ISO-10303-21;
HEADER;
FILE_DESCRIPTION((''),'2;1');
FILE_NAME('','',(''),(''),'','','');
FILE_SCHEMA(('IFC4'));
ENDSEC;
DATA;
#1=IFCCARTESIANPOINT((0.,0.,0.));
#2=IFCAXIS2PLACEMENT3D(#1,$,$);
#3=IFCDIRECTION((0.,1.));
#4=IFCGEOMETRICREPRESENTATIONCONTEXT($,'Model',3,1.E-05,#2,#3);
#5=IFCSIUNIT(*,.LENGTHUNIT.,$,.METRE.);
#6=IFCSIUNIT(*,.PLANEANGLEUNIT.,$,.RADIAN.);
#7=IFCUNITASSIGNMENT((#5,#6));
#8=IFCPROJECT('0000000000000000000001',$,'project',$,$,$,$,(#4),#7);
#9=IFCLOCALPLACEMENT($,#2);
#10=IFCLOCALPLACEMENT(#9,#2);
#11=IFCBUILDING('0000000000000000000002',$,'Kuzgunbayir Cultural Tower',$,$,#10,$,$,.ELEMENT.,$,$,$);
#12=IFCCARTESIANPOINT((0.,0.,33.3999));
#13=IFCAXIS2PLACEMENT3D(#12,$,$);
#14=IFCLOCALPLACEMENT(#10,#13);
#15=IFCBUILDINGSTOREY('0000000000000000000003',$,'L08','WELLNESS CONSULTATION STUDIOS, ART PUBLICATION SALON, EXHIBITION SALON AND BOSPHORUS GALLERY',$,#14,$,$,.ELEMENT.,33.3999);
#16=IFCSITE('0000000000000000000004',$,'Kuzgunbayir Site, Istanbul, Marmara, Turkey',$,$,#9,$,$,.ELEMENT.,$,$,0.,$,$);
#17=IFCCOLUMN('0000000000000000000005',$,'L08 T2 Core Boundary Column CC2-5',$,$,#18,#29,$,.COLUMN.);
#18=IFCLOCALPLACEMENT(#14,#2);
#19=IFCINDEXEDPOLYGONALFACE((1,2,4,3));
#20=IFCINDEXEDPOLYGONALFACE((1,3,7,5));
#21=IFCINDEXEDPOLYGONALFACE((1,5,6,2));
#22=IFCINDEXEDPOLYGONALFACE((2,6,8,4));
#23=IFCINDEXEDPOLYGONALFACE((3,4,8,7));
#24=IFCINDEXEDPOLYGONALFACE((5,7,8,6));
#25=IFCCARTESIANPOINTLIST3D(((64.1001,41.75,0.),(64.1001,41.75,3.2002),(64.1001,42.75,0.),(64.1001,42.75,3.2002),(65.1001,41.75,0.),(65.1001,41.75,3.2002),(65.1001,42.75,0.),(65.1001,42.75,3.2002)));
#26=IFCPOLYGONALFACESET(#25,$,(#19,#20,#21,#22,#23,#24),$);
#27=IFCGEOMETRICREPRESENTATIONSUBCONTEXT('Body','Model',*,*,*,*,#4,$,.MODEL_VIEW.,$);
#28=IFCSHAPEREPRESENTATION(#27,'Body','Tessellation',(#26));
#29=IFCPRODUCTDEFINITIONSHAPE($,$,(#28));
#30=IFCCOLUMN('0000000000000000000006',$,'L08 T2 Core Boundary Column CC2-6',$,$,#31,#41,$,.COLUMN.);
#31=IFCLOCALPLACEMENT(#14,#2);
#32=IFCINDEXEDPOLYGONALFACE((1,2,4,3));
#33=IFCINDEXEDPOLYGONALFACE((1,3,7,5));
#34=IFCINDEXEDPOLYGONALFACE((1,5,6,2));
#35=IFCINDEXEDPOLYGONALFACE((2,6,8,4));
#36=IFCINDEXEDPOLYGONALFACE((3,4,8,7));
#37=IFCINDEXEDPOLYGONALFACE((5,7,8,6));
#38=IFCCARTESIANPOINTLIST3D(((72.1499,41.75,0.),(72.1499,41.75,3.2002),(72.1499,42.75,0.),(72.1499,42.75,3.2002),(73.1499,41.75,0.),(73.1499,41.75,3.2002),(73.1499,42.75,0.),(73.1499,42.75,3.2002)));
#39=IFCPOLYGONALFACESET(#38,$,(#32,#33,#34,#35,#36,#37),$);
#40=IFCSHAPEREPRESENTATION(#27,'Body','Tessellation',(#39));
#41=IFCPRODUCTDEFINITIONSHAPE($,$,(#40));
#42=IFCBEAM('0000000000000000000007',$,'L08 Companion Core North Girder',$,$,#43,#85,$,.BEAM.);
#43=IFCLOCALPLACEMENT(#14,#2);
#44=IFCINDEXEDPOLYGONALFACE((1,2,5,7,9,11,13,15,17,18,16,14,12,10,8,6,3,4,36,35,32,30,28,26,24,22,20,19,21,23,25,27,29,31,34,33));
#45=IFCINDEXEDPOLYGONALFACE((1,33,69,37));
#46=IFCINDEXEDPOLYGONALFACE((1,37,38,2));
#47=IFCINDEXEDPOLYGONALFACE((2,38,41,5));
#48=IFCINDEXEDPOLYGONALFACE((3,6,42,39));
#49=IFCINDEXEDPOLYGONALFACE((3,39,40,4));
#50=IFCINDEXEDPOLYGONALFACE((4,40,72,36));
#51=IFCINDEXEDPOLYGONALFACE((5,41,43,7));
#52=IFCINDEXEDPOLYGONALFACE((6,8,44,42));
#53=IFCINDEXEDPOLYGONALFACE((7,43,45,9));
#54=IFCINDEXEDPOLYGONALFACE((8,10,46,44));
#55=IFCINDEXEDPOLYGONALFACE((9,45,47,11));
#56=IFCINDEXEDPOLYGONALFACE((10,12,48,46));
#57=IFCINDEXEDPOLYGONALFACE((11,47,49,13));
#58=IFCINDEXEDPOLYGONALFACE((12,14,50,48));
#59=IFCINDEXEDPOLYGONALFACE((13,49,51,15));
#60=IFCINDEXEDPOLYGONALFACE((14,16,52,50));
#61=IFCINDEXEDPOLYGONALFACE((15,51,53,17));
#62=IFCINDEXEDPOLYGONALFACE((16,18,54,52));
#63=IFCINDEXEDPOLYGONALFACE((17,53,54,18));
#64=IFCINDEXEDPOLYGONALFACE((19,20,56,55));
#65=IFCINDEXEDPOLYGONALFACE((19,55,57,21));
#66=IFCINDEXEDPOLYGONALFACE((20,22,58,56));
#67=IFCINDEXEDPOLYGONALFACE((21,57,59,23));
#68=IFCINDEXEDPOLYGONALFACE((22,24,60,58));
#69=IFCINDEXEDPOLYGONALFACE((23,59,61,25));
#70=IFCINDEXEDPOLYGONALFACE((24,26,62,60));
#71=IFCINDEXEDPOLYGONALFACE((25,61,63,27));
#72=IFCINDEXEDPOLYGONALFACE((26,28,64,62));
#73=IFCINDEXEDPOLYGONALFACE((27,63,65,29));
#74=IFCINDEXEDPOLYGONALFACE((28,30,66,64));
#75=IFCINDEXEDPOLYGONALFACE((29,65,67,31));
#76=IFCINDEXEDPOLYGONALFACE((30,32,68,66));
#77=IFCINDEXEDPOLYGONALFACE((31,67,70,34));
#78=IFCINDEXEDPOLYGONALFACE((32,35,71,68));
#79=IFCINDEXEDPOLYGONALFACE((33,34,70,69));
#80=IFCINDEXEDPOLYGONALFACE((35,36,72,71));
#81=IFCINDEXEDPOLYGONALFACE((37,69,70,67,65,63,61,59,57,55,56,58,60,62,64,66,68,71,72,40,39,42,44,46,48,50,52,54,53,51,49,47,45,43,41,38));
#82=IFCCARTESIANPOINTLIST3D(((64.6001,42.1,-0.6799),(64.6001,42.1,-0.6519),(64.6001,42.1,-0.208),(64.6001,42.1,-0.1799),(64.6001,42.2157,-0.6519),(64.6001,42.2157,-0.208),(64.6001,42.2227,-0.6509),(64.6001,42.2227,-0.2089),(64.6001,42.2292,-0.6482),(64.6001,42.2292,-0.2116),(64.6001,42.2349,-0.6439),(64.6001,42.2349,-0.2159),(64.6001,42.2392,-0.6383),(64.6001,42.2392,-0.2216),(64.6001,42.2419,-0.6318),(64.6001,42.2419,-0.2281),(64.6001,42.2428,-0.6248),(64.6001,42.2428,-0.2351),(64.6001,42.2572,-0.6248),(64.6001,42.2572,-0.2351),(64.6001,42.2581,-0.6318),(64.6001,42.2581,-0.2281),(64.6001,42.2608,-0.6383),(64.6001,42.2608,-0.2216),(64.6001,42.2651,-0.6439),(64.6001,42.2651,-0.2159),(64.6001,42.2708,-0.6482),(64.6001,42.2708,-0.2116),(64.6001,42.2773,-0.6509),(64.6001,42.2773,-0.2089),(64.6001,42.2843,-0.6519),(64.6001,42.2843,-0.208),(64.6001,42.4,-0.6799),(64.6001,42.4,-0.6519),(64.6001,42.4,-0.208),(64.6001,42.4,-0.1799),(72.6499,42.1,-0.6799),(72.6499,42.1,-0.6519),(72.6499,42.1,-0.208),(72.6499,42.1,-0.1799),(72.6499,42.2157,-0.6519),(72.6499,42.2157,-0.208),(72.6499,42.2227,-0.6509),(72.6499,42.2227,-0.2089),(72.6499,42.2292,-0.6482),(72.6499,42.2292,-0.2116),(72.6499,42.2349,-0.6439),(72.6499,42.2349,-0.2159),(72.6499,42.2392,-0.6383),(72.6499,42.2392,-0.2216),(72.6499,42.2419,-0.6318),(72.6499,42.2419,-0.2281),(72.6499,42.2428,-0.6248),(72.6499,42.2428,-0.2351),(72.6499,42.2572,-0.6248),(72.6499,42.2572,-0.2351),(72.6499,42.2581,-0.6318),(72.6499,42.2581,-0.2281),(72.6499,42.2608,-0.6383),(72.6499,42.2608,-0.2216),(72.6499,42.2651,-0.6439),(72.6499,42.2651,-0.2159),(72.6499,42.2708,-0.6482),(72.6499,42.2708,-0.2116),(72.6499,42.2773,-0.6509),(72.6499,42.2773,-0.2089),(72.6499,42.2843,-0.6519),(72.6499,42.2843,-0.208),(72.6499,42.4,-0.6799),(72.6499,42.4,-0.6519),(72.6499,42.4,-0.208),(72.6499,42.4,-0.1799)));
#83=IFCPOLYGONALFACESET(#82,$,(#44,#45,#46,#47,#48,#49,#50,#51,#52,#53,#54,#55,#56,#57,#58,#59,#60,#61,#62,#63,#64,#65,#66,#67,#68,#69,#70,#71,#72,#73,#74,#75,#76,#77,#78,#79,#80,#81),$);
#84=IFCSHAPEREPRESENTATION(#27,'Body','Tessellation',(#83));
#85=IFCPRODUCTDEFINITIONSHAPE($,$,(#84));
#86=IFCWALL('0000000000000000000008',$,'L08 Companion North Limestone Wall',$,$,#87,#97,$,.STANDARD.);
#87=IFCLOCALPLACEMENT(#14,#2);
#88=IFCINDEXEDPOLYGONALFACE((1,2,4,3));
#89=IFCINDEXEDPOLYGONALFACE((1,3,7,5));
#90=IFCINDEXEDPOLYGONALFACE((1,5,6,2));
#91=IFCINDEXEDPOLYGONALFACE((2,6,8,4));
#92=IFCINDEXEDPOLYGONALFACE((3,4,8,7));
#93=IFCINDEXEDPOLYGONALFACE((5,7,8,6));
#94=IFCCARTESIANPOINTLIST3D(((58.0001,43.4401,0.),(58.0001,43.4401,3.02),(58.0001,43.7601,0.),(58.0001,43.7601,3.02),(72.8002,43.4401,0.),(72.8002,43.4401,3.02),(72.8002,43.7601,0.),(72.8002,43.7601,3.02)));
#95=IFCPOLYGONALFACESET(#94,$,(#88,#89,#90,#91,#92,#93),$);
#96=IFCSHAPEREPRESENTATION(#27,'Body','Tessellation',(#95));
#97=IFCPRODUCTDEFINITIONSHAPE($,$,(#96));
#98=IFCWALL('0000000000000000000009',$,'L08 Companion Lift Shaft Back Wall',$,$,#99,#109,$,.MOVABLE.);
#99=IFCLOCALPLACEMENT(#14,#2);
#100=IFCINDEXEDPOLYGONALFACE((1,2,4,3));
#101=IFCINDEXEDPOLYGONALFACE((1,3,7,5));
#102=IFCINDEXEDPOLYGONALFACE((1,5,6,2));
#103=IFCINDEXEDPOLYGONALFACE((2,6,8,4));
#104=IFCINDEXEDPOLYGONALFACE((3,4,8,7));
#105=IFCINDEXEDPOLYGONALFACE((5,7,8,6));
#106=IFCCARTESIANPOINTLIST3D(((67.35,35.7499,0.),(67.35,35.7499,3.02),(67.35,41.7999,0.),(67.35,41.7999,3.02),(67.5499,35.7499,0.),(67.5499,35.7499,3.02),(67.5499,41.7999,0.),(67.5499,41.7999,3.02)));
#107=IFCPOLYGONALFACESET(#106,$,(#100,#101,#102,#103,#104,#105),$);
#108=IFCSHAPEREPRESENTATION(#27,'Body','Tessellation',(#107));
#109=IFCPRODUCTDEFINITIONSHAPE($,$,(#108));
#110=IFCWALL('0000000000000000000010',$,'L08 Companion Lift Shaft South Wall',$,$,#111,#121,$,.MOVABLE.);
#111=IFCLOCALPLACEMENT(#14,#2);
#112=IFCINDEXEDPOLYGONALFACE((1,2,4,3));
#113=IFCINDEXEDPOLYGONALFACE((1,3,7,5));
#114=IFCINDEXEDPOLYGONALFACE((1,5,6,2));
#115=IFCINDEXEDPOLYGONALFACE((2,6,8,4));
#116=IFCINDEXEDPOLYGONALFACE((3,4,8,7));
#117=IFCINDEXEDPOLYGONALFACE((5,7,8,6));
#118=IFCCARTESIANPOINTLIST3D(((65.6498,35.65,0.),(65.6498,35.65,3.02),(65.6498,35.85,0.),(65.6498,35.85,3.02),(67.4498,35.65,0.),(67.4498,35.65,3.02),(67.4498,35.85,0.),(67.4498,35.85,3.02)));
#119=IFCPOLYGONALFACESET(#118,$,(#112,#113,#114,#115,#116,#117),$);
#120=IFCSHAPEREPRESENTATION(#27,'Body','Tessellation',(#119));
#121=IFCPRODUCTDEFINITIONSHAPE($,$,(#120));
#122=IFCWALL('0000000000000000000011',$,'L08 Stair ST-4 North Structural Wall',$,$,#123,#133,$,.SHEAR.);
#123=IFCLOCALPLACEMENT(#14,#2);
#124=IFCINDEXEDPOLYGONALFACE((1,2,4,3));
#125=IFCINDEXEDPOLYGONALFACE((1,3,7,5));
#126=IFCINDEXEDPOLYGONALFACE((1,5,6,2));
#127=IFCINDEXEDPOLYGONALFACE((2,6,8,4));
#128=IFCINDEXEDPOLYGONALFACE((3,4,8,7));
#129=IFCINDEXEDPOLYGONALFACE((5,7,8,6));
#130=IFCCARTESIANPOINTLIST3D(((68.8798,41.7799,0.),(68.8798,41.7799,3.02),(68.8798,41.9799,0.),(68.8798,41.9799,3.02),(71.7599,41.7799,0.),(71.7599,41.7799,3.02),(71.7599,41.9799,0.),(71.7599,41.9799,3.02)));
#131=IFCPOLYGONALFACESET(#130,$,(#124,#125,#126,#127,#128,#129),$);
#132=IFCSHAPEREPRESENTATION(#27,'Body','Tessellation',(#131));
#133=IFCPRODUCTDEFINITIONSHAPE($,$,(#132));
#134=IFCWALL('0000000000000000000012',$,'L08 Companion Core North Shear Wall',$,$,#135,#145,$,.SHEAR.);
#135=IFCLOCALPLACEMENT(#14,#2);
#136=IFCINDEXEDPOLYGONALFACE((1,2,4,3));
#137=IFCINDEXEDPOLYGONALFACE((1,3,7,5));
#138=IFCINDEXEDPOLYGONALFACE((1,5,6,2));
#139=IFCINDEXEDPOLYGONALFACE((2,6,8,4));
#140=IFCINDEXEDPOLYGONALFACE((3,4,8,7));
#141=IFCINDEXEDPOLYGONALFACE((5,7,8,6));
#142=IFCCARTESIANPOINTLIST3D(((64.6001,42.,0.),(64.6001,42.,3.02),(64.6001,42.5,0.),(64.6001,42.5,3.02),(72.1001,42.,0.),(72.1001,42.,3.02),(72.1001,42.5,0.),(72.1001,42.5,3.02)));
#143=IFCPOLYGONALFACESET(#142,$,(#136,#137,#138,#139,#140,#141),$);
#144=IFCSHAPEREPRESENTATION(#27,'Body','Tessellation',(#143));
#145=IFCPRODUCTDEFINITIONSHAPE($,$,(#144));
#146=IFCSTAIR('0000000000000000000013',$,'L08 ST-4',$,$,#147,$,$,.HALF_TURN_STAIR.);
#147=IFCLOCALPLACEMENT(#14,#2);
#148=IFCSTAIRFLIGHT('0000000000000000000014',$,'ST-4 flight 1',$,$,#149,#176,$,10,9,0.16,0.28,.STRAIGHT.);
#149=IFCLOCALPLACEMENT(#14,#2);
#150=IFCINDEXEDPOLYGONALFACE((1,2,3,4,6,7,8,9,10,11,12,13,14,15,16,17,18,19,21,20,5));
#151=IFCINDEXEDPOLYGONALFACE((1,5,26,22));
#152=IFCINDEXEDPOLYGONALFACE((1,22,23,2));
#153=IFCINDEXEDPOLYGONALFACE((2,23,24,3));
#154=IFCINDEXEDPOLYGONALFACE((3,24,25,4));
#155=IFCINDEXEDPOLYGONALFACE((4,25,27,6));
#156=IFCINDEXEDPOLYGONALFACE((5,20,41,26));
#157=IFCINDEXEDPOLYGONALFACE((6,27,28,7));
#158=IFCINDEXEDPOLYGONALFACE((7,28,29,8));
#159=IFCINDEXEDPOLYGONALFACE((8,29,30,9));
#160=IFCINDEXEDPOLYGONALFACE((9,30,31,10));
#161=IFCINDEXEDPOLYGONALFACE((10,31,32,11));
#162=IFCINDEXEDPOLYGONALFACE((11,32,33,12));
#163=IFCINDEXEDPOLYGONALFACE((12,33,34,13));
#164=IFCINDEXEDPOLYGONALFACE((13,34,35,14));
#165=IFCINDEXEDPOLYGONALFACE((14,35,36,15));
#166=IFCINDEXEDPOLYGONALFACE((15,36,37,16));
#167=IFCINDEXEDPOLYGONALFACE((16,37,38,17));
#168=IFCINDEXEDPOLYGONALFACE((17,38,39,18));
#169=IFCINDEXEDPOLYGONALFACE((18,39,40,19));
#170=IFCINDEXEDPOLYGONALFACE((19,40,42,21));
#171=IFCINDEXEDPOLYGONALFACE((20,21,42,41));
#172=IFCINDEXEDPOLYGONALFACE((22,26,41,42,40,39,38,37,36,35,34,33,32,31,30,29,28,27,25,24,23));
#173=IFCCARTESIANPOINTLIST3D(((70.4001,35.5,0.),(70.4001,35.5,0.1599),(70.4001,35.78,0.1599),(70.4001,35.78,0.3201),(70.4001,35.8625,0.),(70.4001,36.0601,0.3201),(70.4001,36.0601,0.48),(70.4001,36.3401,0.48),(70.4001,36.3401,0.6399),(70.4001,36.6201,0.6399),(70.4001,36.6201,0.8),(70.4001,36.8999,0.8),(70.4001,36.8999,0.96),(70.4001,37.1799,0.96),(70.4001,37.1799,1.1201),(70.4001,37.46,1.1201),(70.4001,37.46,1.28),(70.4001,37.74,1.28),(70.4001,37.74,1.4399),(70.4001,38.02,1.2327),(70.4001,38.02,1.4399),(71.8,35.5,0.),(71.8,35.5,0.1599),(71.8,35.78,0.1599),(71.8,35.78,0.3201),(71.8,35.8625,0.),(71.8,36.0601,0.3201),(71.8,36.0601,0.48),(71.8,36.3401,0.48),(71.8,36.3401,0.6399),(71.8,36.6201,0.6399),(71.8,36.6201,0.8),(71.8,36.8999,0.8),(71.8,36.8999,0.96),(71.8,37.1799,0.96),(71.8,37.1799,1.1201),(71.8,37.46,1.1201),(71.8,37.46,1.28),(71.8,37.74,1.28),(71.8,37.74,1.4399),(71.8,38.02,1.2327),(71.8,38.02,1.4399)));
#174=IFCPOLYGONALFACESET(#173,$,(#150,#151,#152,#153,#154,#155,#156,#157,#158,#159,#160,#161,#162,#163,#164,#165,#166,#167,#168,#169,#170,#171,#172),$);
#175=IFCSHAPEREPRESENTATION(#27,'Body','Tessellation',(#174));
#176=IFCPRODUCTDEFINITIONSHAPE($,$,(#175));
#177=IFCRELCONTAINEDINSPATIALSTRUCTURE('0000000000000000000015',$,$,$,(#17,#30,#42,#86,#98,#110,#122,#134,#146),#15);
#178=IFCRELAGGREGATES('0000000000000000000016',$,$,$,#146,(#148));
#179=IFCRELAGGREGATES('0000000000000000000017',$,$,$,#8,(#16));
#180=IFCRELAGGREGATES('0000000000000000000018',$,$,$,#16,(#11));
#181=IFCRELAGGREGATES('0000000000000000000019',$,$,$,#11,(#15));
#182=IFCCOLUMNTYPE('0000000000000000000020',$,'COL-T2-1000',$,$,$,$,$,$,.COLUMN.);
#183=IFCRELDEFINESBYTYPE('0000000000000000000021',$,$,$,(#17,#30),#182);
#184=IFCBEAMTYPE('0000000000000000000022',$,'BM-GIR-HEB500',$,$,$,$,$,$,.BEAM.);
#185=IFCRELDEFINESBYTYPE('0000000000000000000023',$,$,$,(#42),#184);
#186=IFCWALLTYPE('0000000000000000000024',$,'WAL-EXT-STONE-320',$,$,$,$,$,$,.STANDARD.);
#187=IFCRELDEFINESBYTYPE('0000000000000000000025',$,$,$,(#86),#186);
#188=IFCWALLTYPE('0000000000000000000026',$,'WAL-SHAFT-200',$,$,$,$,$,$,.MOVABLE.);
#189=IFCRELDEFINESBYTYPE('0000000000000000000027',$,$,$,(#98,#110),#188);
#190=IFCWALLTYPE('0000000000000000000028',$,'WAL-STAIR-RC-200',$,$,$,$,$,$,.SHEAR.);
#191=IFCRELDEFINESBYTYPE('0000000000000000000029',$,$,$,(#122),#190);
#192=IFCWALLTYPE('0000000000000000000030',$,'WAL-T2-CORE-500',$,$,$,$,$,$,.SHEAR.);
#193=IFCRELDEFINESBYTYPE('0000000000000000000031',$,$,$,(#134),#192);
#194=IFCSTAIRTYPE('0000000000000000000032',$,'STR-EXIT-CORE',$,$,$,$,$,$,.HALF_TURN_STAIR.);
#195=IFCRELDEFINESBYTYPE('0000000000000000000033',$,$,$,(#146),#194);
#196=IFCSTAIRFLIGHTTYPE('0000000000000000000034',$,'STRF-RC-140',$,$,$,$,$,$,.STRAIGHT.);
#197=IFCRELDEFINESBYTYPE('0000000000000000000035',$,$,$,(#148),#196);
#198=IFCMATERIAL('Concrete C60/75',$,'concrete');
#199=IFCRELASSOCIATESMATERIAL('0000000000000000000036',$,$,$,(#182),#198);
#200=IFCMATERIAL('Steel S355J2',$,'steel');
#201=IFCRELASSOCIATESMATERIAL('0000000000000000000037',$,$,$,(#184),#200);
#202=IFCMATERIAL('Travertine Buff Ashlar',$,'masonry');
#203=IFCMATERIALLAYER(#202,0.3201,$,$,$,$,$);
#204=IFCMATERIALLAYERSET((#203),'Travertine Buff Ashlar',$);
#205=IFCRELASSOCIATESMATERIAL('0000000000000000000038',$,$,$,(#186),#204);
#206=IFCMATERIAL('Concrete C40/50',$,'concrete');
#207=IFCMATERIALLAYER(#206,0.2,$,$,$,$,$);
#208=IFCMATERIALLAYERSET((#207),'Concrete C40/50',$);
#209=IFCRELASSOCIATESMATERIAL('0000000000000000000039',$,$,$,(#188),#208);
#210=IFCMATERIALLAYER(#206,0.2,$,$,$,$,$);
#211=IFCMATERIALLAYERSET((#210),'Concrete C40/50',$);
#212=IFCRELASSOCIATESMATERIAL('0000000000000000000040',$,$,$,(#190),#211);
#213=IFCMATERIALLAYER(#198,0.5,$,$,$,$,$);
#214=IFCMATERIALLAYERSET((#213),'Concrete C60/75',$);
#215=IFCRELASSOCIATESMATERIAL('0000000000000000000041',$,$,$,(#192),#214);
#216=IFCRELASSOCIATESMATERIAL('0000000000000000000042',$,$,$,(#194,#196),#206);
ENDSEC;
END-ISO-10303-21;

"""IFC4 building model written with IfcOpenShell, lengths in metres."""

from ifc_helpers import new_model, si_unit, direction, frame, frame_2d, origin, origin_2d, place, context, subcontext, project, spatial, polyline, rectangle, i_section, outline, extrude, material, layer, layer_set, material_profile, profile_set, type_object, element, aggregate, save


model = new_model("IFC4")

# Units and contexts
model_context = context("Model", 3, precision=1e-05, world=origin(), true_north=direction((0.0, 1.0)))
body_context = subcontext(model_context, "Body", "Model", "MODEL_VIEW")
ifc_project = project(units=[si_unit("LENGTHUNIT", "METRE"), si_unit("PLANEANGLEUNIT", "RADIAN")], contexts=[model_context])

# Site, building, storey
site_placement = place(None, origin())
site = spatial("IfcSite", under=ifc_project, at=site_placement, Name="Kuzgunbayir Site, Istanbul, Marmara, Turkey", CompositionType="ELEMENT", RefElevation=0.0)
building_placement = place(site_placement, origin())
building = spatial("IfcBuilding", under=site, at=building_placement, Name="Kuzgunbayir Cultural Tower", CompositionType="ELEMENT")
storey_placement = place(building_placement, frame((0.0, 0.0, 33.3999)))
storey = spatial("IfcBuildingStorey", under=building, at=storey_placement, Name="L08", Description="WELLNESS CONSULTATION STUDIOS, ART PUBLICATION SALON, EXHIBITION SALON AND BOSPHORUS GALLERY", CompositionType="ELEMENT", Elevation=33.3999)

# Columns
ifc_material_1 = material(Name="Concrete C60/75", Category="concrete")
ifc_material_profile_1 = material_profile(ifc_material_1, rectangle(XDim=1.0, YDim=1.0, at=origin_2d()), Name="RC 1000x1000")
ifc_profile_set_1 = profile_set([ifc_material_profile_1], Name="Concrete C60/75")
column_type = type_object("IfcColumnType", Name="COL-T2-1000", PredefinedType="COLUMN", material=ifc_profile_set_1)
for number, where, z_axis, x_axis, name in (
    (1, (64.6001, 42.25, 0.0), (0.0, 0.0, 1.0), (1.0, 0.0, 0.0), "L08 T2 Core Boundary Column CC2-5"),
    (2, (72.6499, 42.25, 0.0), (0.0, 0.0, 1.0), (1.0, 0.0, 0.0), "L08 T2 Core Boundary Column CC2-6"),
):
    element("IfcColumn", number, at=place(storey_placement, frame(where, z_axis=z_axis, x_axis=x_axis)), inside=storey, type_object=column_type, Name=name, PredefinedType="COLUMN", context=body_context, shape_type="SweptSolid", body=[
        extrude(rectangle(XDim=1.0, YDim=1.0, at=origin_2d()), origin(), (0.0, 0.0, 1.0), 3.2002),
    ])

# Beam
ifc_material_2 = material(Name="Steel S355J2", Category="steel")
ifc_material_profile_2 = material_profile(ifc_material_2, i_section(OverallWidth=0.3, OverallDepth=0.5, WebThickness=0.0144, FlangeThickness=0.0281, FilletRadius=0.0271, at=origin_2d()), Name="HEB 500")
ifc_profile_set_2 = profile_set([ifc_material_profile_2], Name="Steel S355J2")
beam_type = type_object("IfcBeamType", Name="BM-GIR-HEB500", PredefinedType="BEAM", material=ifc_profile_set_2)
beam_placement = place(storey_placement, frame((64.6001, 42.25, -0.4299), z_axis=(1.0, 0.0, 0.0), x_axis=(0.0, 1.0, 0.0)))
element("IfcBeam", 3, at=beam_placement, inside=storey, type_object=beam_type, Name="L08 Companion Core North Girder", PredefinedType="BEAM", context=body_context, shape_type="SweptSolid", body=[
    extrude(i_section(OverallWidth=0.3, OverallDepth=0.5, WebThickness=0.0144, FlangeThickness=0.0281, FilletRadius=0.0271, at=origin_2d()), origin(), (0.0, 0.0, 1.0), 8.0498),
])

# Wall
ifc_material_3 = material(Name="Travertine Buff Ashlar", Category="masonry")
ifc_layer_1 = layer(ifc_material_3, 0.3201)
ifc_layer_set_1 = layer_set([ifc_layer_1], Name="Travertine Buff Ashlar")
wall_type_1 = type_object("IfcWallType", Name="WAL-EXT-STONE-320", PredefinedType="STANDARD", material=ifc_layer_set_1)
wall_1_placement = place(storey_placement, frame((72.8, 43.6001, 0.0), z_axis=(0.0, 0.0, 1.0), x_axis=(-1.0, 0.0, 0.0)))
element("IfcWall", 4, at=wall_1_placement, inside=storey, type_object=wall_type_1, Name="L08 Companion North Limestone Wall", PredefinedType="STANDARD", context=body_context, shape_type="SweptSolid", body=[
    extrude(rectangle(XDim=14.8, YDim=0.3201, at=frame_2d((7.3999, 0.0))), origin(), (0.0, 0.0, 1.0), 3.02),
])

# Shared definitions
ifc_material_4 = material(Name="Concrete C40/50", Category="concrete")
ifc_layer_2 = layer(ifc_material_4, 0.2)
ifc_layer_set_2 = layer_set([ifc_layer_2], Name="Concrete C40/50")
wall_type_2 = type_object("IfcWallType", Name="WAL-SHAFT-200", PredefinedType="MOVABLE", material=ifc_layer_set_2)

# Walls
wall_2_placement = place(storey_placement, frame((67.45, 35.75, 0.0), z_axis=(0.0, 0.0, 1.0), x_axis=(0.0, 1.0, 0.0)))
element("IfcWall", 5, at=wall_2_placement, inside=storey, type_object=wall_type_2, Name="L08 Companion Lift Shaft Back Wall", PredefinedType="MOVABLE", context=body_context, shape_type="SweptSolid", body=[
    extrude(rectangle(XDim=6.05, YDim=0.2, at=frame_2d((3.0249, 0.0))), origin(), (0.0, 0.0, 1.0), 3.02),
])
wall_3_placement = place(storey_placement, frame((65.6499, 35.75, 0.0), z_axis=(0.0, 0.0, 1.0), x_axis=(1.0, 0.0, 0.0)))
element("IfcWall", 6, at=wall_3_placement, inside=storey, type_object=wall_type_2, Name="L08 Companion Lift Shaft South Wall", PredefinedType="MOVABLE", context=body_context, shape_type="SweptSolid", body=[
    extrude(rectangle(XDim=1.8, YDim=0.2, at=frame_2d((0.8999, 0.0))), origin(), (0.0, 0.0, 1.0), 3.02),
])
ifc_layer_3 = layer(ifc_material_4, 0.2)
ifc_layer_set_3 = layer_set([ifc_layer_3], Name="Concrete C40/50")
wall_type_3 = type_object("IfcWallType", Name="WAL-STAIR-RC-200", PredefinedType="SHEAR", material=ifc_layer_set_3)
wall_4_placement = place(storey_placement, frame((68.8799, 41.8799, 0.0), z_axis=(0.0, 0.0, 1.0), x_axis=(1.0, 0.0, 0.0)))
element("IfcWall", 7, at=wall_4_placement, inside=storey, type_object=wall_type_3, Name="L08 Stair ST-4 North Structural Wall", PredefinedType="SHEAR", context=body_context, shape_type="SweptSolid", body=[
    extrude(rectangle(XDim=2.8801, YDim=0.2, at=frame_2d((1.4399, 0.0))), origin(), (0.0, 0.0, 1.0), 3.02),
])
ifc_layer_4 = layer(ifc_material_1, 0.5)
ifc_layer_set_4 = layer_set([ifc_layer_4], Name="Concrete C60/75")
wall_type_4 = type_object("IfcWallType", Name="WAL-T2-CORE-500", PredefinedType="SHEAR", material=ifc_layer_set_4)
wall_5_placement = place(storey_placement, frame((64.6001, 42.25, 0.0), z_axis=(0.0, 0.0, 1.0), x_axis=(1.0, 0.0, 0.0)))
element("IfcWall", 8, at=wall_5_placement, inside=storey, type_object=wall_type_4, Name="L08 Companion Core North Shear Wall", PredefinedType="SHEAR", context=body_context, shape_type="SweptSolid", body=[
    extrude(rectangle(XDim=7.5, YDim=0.5, at=frame_2d((3.75, 0.0))), origin(), (0.0, 0.0, 1.0), 3.02),
])

# Stair, stair flight
stair_type = type_object("IfcStairType", Name="STR-EXIT-CORE", PredefinedType="HALF_TURN_STAIR", material=ifc_material_4)
stair_placement = place(storey_placement, origin())
stair = element("IfcStair", 9, at=stair_placement, inside=storey, type_object=stair_type, Name="L08 ST-4", PredefinedType="HALF_TURN_STAIR")
stair_flight_type = type_object("IfcStairFlightType", Name="STRF-RC-140", PredefinedType="STRAIGHT", material=ifc_material_4)
stair_flight_1_placement = place(storey_placement, frame((71.1001, 35.5, 0.0), z_axis=(0.0, 0.0, 1.0), x_axis=(0.0, 1.0, 0.0)))
stair_flight_1 = element("IfcStairFlight", 10, at=stair_flight_1_placement, type_object=stair_flight_type, Name="ST-4 flight 1", NumberOfRisers=10, NumberOfTreads=9, PredefinedType="STRAIGHT", RiserHeight=0.16, TreadLength=0.28, context=body_context, shape_type="SweptSolid", body=[
    extrude(outline(polyline([(0.0, 0.0), (0.0, 0.1599), (0.28, 0.1599), (0.28, 0.3201), (0.5601, 0.3201), (0.5601, 0.48), (0.8401, 0.48), (0.8401, 0.6399), (1.1201, 0.6399), (1.1201, 0.8), (1.3999, 0.8), (1.3999, 0.96), (1.6799, 0.96), (1.6799, 1.1201), (1.96, 1.1201), (1.96, 1.28), (2.24, 1.28), (2.24, 1.4399), (2.52, 1.4399), (2.52, 1.6001), (2.52, 1.2327), (0.3625, 0.0), (0.0, 0.0)])), frame((0.0, 0.7, 0.0), z_axis=(0.0, -1.0, 0.0), x_axis=(1.0, 0.0, 0.0)), (0.0, 0.0, 1.0), 1.3999),
])
aggregate(stair, [stair_flight_1])

save(model, "model.ifc")
